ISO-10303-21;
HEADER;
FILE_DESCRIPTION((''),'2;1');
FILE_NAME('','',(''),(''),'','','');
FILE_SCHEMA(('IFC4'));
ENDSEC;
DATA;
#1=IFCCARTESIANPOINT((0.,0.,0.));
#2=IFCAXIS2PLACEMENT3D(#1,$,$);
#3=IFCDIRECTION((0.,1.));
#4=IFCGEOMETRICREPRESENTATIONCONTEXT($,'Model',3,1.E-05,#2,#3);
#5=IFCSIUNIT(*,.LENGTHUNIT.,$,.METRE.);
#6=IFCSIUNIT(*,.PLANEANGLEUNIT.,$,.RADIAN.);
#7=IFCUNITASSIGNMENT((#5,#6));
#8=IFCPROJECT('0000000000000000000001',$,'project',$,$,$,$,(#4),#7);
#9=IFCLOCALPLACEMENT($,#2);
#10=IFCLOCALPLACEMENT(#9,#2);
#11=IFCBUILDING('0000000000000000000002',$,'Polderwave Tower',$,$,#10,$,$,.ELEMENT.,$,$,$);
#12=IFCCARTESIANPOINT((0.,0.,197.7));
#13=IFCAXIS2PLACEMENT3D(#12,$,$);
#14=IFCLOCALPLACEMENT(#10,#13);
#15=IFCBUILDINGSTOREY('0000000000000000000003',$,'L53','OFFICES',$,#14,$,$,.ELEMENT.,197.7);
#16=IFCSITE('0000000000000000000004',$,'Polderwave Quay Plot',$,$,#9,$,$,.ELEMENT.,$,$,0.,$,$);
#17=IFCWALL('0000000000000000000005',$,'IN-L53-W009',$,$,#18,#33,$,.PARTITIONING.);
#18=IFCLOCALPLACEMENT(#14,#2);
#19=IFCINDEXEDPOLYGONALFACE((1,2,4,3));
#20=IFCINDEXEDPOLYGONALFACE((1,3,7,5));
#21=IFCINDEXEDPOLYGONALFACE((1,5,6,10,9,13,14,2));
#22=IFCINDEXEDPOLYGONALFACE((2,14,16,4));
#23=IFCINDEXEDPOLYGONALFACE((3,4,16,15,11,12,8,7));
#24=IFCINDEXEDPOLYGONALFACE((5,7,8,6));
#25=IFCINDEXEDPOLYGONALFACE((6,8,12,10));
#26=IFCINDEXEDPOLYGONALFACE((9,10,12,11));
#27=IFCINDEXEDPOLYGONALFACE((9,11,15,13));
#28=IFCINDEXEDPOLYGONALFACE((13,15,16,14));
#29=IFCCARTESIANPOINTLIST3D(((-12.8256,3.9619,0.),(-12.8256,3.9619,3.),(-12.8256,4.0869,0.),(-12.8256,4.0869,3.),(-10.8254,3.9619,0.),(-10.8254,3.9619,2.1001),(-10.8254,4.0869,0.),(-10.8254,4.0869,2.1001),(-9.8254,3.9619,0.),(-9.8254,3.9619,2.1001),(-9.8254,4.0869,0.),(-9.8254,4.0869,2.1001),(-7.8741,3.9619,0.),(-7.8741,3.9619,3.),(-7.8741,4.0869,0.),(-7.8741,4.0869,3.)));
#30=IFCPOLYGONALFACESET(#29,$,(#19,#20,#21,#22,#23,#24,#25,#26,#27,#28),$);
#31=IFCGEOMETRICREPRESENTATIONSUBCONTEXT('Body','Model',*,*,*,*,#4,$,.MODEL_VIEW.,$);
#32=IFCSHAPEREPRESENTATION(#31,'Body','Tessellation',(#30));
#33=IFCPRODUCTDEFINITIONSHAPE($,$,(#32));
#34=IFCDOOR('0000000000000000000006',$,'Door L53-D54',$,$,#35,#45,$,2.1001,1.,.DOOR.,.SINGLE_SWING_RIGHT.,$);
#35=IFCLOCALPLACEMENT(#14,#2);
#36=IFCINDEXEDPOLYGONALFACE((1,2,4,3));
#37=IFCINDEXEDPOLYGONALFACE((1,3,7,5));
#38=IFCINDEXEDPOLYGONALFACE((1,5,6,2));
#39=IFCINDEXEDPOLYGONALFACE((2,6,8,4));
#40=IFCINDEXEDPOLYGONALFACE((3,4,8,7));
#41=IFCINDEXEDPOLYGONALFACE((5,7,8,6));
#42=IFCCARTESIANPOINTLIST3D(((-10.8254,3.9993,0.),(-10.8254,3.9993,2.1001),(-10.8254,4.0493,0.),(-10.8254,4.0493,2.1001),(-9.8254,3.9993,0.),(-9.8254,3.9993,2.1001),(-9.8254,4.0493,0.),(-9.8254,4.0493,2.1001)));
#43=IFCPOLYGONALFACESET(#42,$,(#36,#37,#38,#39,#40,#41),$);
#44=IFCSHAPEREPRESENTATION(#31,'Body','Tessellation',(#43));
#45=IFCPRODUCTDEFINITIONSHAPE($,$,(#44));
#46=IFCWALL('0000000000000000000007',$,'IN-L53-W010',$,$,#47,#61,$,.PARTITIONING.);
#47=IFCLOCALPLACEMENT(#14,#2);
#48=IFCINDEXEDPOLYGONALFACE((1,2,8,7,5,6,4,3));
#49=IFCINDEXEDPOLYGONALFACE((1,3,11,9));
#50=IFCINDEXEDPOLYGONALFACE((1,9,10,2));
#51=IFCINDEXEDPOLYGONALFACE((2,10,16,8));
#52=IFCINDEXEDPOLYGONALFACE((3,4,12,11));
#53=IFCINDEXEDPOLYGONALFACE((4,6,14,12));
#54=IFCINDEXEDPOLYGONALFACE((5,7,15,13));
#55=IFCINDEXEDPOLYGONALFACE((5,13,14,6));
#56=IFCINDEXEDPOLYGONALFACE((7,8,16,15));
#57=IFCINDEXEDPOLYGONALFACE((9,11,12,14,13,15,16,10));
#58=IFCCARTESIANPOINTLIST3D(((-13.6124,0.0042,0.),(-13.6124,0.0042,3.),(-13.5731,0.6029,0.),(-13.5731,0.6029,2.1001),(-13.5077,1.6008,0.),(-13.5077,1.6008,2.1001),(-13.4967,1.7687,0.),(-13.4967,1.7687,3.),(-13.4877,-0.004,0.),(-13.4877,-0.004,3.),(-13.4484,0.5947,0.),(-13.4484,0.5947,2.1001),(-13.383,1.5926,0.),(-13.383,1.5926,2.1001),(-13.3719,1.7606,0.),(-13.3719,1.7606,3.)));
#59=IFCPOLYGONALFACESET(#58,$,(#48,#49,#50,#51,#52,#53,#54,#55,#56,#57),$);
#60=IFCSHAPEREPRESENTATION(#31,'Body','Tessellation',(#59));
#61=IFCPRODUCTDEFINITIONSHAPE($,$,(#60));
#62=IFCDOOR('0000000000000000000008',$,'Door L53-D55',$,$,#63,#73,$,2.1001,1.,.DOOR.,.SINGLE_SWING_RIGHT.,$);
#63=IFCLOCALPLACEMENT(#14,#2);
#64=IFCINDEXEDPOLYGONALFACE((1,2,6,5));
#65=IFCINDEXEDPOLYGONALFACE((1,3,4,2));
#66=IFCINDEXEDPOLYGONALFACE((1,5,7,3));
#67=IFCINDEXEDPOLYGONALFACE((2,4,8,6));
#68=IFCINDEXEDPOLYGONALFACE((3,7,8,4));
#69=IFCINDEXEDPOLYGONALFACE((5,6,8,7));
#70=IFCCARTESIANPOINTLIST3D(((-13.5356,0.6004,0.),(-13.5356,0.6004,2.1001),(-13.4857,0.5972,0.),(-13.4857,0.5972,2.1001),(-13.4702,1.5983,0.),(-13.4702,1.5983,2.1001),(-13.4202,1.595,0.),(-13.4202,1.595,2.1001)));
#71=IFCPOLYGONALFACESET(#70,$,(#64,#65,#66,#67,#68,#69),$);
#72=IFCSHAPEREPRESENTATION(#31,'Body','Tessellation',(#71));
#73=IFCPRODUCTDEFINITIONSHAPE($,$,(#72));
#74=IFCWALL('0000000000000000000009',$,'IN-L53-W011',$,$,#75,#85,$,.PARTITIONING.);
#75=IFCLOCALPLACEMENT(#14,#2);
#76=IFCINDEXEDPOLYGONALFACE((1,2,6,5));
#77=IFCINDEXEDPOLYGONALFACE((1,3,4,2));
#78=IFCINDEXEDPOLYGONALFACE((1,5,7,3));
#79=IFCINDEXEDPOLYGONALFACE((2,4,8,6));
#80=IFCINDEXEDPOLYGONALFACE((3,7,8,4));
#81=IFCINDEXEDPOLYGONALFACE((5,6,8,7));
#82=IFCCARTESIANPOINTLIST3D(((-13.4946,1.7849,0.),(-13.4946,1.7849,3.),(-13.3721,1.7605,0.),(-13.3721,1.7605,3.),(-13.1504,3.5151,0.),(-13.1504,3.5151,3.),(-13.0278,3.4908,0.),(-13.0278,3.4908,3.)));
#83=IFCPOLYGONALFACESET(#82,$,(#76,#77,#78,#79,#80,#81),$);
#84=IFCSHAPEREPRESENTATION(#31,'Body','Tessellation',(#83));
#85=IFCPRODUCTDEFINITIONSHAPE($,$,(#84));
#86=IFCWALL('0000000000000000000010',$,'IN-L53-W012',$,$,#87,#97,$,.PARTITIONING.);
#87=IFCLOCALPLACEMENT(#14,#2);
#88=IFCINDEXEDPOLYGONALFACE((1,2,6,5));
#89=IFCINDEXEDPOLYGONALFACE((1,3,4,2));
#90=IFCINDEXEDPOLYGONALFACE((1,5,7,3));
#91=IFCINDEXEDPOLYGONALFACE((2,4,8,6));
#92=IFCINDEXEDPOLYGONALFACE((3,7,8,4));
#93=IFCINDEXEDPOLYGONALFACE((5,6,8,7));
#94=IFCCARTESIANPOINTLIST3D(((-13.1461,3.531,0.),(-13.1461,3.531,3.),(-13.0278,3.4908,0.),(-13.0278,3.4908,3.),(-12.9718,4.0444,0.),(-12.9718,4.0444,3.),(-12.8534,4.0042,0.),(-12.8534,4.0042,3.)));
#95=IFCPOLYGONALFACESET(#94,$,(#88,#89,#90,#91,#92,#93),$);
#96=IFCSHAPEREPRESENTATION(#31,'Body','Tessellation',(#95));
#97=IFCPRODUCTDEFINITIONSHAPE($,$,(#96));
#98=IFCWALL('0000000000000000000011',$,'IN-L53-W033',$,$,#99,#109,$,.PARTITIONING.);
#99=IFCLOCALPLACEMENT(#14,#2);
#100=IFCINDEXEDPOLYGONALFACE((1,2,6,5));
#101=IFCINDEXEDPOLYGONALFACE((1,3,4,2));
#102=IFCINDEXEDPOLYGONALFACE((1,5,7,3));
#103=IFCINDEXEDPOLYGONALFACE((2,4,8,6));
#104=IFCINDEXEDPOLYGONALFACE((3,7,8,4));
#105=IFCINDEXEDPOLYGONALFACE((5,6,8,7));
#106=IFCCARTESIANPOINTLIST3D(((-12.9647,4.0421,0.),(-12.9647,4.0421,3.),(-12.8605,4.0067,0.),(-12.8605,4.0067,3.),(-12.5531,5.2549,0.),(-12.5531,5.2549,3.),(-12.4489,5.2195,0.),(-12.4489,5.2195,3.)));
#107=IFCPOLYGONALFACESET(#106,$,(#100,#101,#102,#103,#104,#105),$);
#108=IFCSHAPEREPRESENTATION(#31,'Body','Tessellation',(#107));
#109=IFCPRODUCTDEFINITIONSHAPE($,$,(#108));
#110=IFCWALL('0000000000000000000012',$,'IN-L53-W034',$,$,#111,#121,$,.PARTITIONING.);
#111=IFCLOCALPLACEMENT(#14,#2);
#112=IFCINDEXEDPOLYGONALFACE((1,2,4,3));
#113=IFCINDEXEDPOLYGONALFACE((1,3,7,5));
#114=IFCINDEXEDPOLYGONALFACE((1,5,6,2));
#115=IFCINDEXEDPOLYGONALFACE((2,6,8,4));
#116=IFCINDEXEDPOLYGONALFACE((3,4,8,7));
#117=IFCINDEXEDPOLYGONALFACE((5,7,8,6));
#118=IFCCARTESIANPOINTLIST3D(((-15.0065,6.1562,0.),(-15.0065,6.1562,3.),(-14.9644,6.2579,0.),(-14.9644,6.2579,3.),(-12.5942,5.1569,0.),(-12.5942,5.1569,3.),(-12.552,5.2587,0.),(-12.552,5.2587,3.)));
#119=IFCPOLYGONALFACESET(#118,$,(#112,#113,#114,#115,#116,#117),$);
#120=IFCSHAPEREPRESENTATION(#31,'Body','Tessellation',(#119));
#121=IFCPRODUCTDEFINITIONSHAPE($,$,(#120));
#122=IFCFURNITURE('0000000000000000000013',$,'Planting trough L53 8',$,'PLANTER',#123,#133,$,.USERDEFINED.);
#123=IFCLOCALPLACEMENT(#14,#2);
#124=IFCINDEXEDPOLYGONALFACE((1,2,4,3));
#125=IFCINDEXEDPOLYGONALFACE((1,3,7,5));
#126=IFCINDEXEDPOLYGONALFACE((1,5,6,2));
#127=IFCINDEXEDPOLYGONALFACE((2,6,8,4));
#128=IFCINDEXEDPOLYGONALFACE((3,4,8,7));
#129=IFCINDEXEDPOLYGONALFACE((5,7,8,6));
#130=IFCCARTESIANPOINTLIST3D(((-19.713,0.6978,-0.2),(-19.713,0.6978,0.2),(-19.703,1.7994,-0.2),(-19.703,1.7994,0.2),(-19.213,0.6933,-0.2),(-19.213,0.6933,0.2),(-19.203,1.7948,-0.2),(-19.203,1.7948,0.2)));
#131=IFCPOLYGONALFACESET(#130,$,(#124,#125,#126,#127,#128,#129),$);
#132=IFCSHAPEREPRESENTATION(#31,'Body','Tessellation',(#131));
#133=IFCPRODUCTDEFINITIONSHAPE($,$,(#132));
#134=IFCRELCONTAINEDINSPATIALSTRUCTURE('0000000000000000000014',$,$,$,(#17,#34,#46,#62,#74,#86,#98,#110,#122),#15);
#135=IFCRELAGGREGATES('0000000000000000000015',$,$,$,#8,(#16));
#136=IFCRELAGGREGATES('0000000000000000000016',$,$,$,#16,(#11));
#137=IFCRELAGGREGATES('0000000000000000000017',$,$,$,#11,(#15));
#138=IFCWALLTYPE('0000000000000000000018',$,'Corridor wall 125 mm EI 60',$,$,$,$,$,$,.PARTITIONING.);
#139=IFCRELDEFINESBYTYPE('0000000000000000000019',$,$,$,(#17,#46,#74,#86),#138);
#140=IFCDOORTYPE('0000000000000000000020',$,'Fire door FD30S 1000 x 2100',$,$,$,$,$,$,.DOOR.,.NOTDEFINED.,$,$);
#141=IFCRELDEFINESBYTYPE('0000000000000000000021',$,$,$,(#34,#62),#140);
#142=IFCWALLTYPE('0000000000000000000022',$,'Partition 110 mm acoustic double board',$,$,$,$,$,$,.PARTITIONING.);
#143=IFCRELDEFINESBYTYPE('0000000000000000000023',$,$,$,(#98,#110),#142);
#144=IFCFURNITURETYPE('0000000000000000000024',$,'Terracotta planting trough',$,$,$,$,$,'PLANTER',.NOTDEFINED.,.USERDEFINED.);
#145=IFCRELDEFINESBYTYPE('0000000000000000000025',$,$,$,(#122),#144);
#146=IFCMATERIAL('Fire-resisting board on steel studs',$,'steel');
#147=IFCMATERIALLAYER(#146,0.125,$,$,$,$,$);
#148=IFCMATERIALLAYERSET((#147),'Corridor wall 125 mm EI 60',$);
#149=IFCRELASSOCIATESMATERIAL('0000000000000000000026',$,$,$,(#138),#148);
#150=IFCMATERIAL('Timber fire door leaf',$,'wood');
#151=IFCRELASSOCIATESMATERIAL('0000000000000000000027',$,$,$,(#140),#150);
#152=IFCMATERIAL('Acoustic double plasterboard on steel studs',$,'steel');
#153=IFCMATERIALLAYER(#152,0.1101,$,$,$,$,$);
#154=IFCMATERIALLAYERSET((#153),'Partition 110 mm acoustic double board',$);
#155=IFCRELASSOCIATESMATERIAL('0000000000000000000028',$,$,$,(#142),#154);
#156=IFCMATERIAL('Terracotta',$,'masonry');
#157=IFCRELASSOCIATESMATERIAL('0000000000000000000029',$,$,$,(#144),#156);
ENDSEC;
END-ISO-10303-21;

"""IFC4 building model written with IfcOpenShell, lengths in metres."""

from ifc_helpers import new_model, si_unit, direction, frame, frame_2d, origin, origin_2d, place, context, subcontext, project, spatial, rectangle, extrude, material, layer, layer_set, type_object, element, fill, save


model = new_model("IFC4")

# Units and contexts
model_context = context("Model", 3, precision=1e-05, world=origin(), true_north=direction((0.0, 1.0)))
body_context = subcontext(model_context, "Body", "Model", "MODEL_VIEW")
ifc_project = project(units=[si_unit("LENGTHUNIT", "METRE"), si_unit("PLANEANGLEUNIT", "RADIAN")], contexts=[model_context])

# Site, building, storey
site_placement = place(None, origin())
site = spatial("IfcSite", under=ifc_project, at=site_placement, Name="Polderwave Quay Plot", CompositionType="ELEMENT", RefElevation=0.0)
building_placement = place(site_placement, origin())
building = spatial("IfcBuilding", under=site, at=building_placement, Name="Polderwave Tower", CompositionType="ELEMENT")
storey_placement = place(building_placement, frame((0.0, 0.0, 197.7)))
storey = spatial("IfcBuildingStorey", under=building, at=storey_placement, Name="L53", Description="OFFICES", CompositionType="ELEMENT", Elevation=197.7)

# Walls, openings, doors
ifc_material_1 = material(Name="Fire-resisting board on steel studs", Category="steel")
ifc_layer_1 = layer(ifc_material_1, 0.125)
ifc_layer_set_1 = layer_set([ifc_layer_1], Name="Corridor wall 125 mm EI 60")
wall_type_1 = type_object("IfcWallType", Name="Corridor wall 125 mm EI 60", PredefinedType="PARTITIONING", material=ifc_layer_set_1)
wall_1_placement = place(storey_placement, frame((-12.8254, 4.0244, 0.0), z_axis=(0.0, 0.0, 1.0), x_axis=(1.0, 0.0, 0.0)))
wall_1 = element("IfcWall", 1, at=wall_1_placement, inside=storey, type_object=wall_type_1, Name="IN-L53-W009", PredefinedType="PARTITIONING", context=body_context, shape_type="SweptSolid", body=[
    extrude(rectangle(XDim=4.9514, YDim=0.125, at=frame_2d((2.4756, 0.0))), origin(), (0.0, 0.0, 1.0), 3.0),
])
opening_1_placement = place(wall_1_placement, frame((2.0, 0.0, 0.0)))
opening_1 = element("IfcOpeningElement", 2, at=opening_1_placement, cuts=wall_1, PredefinedType="OPENING", context=body_context, shape_type="SweptSolid", body=[
    extrude(rectangle(XDim=1.0, YDim=2.1001, at=frame_2d((0.5, 1.05))), frame((0.0, 0.0725, 0.0), z_axis=(0.0, -1.0, 0.0), x_axis=(1.0, 0.0, 0.0)), (0.0, 0.0, 1.0), 0.145),
])
ifc_material_2 = material(Name="Timber fire door leaf", Category="wood")
door_type = type_object("IfcDoorType", Name="Fire door FD30S 1000 x 2100", OperationType="NOTDEFINED", PredefinedType="DOOR", material=ifc_material_2)
door_1_placement = place(opening_1_placement, origin())
door_1 = element("IfcDoor", 3, at=door_1_placement, inside=storey, type_object=door_type, Name="Door L53-D54", OperationType="SINGLE_SWING_RIGHT", OverallHeight=2.1001, OverallWidth=1.0, PredefinedType="DOOR", context=body_context, shape_type="SweptSolid", body=[
    extrude(rectangle(XDim=1.0, YDim=2.1001, at=frame_2d((0.5, 1.05))), frame((0.0, 0.0249, 0.0), z_axis=(0.0, -1.0, 0.0), x_axis=(1.0, 0.0, 0.0)), (0.0, 0.0, 1.0), 0.05),
])
fill(opening_1, door_1)
wall_2_placement = place(storey_placement, frame((-13.55, 0.0, 0.0), z_axis=(0.0, 0.0, 1.0), x_axis=(0.065447, 0.997856, 0.0)))
wall_2 = element("IfcWall", 4, at=wall_2_placement, inside=storey, type_object=wall_type_1, Name="IN-L53-W010", PredefinedType="PARTITIONING", context=body_context, shape_type="SweptSolid", body=[
    extrude(rectangle(XDim=1.7683, YDim=0.125, at=frame_2d((0.8843, 0.0))), origin(), (0.0, 0.0, 1.0), 3.0),
])
opening_2_placement = place(wall_2_placement, frame((0.6001, 0.0, 0.0)))
opening_2 = element("IfcOpeningElement", 5, at=opening_2_placement, cuts=wall_2, PredefinedType="OPENING", context=body_context, shape_type="SweptSolid", body=[
    extrude(rectangle(XDim=1.0, YDim=2.1001, at=frame_2d((0.5, 1.05))), frame((0.0, 0.0725, 0.0), z_axis=(0.0, -1.0, 0.0), x_axis=(1.0, 0.0, 0.0)), (0.0, 0.0, 1.0), 0.145),
])
door_2_placement = place(opening_2_placement, origin())
door_2 = element("IfcDoor", 6, at=door_2_placement, inside=storey, type_object=door_type, Name="Door L53-D55", OperationType="SINGLE_SWING_RIGHT", OverallHeight=2.1001, OverallWidth=1.0, PredefinedType="DOOR", context=body_context, shape_type="SweptSolid", body=[
    extrude(rectangle(XDim=1.0, YDim=2.1001, at=frame_2d((0.5, 1.05))), frame((0.0, 0.0249, 0.0), z_axis=(0.0, -1.0, 0.0), x_axis=(1.0, 0.0, 0.0)), (0.0, 0.0, 1.0), 0.05),
])
fill(opening_2, door_2)

# Walls
wall_3_placement = place(storey_placement, frame((-13.4333, 1.7727, 0.0), z_axis=(0.0, 0.0, 1.0), x_axis=(0.195131, 0.980777, 0.0)))
element("IfcWall", 7, at=wall_3_placement, inside=storey, type_object=wall_type_1, Name="IN-L53-W011", PredefinedType="PARTITIONING", context=body_context, shape_type="SweptSolid", body=[
    extrude(rectangle(XDim=1.7642, YDim=0.125, at=frame_2d((0.8821, 0.0))), origin(), (0.0, 0.0, 1.0), 3.0),
])
wall_4_placement = place(storey_placement, frame((-13.0869, 3.511, 0.0), z_axis=(0.0, 0.0, 1.0), x_axis=(0.321491, 0.946913, 0.0)))
element("IfcWall", 8, at=wall_4_placement, inside=storey, type_object=wall_type_1, Name="IN-L53-W012", PredefinedType="PARTITIONING", context=body_context, shape_type="SweptSolid", body=[
    extrude(rectangle(XDim=0.5422, YDim=0.125, at=frame_2d((0.271, 0.0))), origin(), (0.0, 0.0, 1.0), 3.0),
])
ifc_material_3 = material(Name="Acoustic double plasterboard on steel studs", Category="steel")
ifc_layer_2 = layer(ifc_material_3, 0.1101)
ifc_layer_set_2 = layer_set([ifc_layer_2], Name="Partition 110 mm acoustic double board")
wall_type_2 = type_object("IfcWallType", Name="Partition 110 mm acoustic double board", PredefinedType="PARTITIONING", material=ifc_layer_set_2)
wall_5_placement = place(storey_placement, frame((-12.9126, 4.0244, 0.0), z_axis=(0.0, 0.0, 1.0), x_axis=(0.32137, 0.946954, 0.0)))
element("IfcWall", 9, at=wall_5_placement, inside=storey, type_object=wall_type_2, Name="IN-L53-W033", PredefinedType="PARTITIONING", context=body_context, shape_type="SweptSolid", body=[
    extrude(rectangle(XDim=1.2808, YDim=0.1101, at=frame_2d((0.6404, 0.0))), origin(), (0.0, 0.0, 1.0), 3.0),
])
wall_6_placement = place(storey_placement, frame((-12.573, 5.2078, 0.0), z_axis=(0.0, 0.0, 1.0), x_axis=(-0.923874, 0.382696, 0.0)))
element("IfcWall", 10, at=wall_6_placement, inside=storey, type_object=wall_type_2, Name="IN-L53-W034", PredefinedType="PARTITIONING", context=body_context, shape_type="SweptSolid", body=[
    extrude(rectangle(XDim=2.6111, YDim=0.1101, at=frame_2d((1.3057, 0.0))), origin(), (0.0, 0.0, 1.0), 3.0),
])

# Furniture
ifc_material_4 = material(Name="Terracotta", Category="masonry")
furniture_type = type_object("IfcFurnitureType", Name="Terracotta planting trough", ElementType="PLANTER", AssemblyPlace="NOTDEFINED", PredefinedType="USERDEFINED", material=ifc_material_4)
furniture_placement = place(storey_placement, frame((-19.458, 1.2463, -0.2), z_axis=(0.0, 0.0, 1.0), x_axis=(-0.009048, -0.999959, 0.0)))
element("IfcFurniture", 11, at=furniture_placement, inside=storey, type_object=furniture_type, Name="Planting trough L53 8", ObjectType="PLANTER", PredefinedType="USERDEFINED", context=body_context, shape_type="SweptSolid", body=[
    extrude(rectangle(XDim=1.1016, YDim=0.5, at=origin_2d()), origin(), (0.0, 0.0, 1.0), 0.3999),
])

save(model, "model.ifc")
